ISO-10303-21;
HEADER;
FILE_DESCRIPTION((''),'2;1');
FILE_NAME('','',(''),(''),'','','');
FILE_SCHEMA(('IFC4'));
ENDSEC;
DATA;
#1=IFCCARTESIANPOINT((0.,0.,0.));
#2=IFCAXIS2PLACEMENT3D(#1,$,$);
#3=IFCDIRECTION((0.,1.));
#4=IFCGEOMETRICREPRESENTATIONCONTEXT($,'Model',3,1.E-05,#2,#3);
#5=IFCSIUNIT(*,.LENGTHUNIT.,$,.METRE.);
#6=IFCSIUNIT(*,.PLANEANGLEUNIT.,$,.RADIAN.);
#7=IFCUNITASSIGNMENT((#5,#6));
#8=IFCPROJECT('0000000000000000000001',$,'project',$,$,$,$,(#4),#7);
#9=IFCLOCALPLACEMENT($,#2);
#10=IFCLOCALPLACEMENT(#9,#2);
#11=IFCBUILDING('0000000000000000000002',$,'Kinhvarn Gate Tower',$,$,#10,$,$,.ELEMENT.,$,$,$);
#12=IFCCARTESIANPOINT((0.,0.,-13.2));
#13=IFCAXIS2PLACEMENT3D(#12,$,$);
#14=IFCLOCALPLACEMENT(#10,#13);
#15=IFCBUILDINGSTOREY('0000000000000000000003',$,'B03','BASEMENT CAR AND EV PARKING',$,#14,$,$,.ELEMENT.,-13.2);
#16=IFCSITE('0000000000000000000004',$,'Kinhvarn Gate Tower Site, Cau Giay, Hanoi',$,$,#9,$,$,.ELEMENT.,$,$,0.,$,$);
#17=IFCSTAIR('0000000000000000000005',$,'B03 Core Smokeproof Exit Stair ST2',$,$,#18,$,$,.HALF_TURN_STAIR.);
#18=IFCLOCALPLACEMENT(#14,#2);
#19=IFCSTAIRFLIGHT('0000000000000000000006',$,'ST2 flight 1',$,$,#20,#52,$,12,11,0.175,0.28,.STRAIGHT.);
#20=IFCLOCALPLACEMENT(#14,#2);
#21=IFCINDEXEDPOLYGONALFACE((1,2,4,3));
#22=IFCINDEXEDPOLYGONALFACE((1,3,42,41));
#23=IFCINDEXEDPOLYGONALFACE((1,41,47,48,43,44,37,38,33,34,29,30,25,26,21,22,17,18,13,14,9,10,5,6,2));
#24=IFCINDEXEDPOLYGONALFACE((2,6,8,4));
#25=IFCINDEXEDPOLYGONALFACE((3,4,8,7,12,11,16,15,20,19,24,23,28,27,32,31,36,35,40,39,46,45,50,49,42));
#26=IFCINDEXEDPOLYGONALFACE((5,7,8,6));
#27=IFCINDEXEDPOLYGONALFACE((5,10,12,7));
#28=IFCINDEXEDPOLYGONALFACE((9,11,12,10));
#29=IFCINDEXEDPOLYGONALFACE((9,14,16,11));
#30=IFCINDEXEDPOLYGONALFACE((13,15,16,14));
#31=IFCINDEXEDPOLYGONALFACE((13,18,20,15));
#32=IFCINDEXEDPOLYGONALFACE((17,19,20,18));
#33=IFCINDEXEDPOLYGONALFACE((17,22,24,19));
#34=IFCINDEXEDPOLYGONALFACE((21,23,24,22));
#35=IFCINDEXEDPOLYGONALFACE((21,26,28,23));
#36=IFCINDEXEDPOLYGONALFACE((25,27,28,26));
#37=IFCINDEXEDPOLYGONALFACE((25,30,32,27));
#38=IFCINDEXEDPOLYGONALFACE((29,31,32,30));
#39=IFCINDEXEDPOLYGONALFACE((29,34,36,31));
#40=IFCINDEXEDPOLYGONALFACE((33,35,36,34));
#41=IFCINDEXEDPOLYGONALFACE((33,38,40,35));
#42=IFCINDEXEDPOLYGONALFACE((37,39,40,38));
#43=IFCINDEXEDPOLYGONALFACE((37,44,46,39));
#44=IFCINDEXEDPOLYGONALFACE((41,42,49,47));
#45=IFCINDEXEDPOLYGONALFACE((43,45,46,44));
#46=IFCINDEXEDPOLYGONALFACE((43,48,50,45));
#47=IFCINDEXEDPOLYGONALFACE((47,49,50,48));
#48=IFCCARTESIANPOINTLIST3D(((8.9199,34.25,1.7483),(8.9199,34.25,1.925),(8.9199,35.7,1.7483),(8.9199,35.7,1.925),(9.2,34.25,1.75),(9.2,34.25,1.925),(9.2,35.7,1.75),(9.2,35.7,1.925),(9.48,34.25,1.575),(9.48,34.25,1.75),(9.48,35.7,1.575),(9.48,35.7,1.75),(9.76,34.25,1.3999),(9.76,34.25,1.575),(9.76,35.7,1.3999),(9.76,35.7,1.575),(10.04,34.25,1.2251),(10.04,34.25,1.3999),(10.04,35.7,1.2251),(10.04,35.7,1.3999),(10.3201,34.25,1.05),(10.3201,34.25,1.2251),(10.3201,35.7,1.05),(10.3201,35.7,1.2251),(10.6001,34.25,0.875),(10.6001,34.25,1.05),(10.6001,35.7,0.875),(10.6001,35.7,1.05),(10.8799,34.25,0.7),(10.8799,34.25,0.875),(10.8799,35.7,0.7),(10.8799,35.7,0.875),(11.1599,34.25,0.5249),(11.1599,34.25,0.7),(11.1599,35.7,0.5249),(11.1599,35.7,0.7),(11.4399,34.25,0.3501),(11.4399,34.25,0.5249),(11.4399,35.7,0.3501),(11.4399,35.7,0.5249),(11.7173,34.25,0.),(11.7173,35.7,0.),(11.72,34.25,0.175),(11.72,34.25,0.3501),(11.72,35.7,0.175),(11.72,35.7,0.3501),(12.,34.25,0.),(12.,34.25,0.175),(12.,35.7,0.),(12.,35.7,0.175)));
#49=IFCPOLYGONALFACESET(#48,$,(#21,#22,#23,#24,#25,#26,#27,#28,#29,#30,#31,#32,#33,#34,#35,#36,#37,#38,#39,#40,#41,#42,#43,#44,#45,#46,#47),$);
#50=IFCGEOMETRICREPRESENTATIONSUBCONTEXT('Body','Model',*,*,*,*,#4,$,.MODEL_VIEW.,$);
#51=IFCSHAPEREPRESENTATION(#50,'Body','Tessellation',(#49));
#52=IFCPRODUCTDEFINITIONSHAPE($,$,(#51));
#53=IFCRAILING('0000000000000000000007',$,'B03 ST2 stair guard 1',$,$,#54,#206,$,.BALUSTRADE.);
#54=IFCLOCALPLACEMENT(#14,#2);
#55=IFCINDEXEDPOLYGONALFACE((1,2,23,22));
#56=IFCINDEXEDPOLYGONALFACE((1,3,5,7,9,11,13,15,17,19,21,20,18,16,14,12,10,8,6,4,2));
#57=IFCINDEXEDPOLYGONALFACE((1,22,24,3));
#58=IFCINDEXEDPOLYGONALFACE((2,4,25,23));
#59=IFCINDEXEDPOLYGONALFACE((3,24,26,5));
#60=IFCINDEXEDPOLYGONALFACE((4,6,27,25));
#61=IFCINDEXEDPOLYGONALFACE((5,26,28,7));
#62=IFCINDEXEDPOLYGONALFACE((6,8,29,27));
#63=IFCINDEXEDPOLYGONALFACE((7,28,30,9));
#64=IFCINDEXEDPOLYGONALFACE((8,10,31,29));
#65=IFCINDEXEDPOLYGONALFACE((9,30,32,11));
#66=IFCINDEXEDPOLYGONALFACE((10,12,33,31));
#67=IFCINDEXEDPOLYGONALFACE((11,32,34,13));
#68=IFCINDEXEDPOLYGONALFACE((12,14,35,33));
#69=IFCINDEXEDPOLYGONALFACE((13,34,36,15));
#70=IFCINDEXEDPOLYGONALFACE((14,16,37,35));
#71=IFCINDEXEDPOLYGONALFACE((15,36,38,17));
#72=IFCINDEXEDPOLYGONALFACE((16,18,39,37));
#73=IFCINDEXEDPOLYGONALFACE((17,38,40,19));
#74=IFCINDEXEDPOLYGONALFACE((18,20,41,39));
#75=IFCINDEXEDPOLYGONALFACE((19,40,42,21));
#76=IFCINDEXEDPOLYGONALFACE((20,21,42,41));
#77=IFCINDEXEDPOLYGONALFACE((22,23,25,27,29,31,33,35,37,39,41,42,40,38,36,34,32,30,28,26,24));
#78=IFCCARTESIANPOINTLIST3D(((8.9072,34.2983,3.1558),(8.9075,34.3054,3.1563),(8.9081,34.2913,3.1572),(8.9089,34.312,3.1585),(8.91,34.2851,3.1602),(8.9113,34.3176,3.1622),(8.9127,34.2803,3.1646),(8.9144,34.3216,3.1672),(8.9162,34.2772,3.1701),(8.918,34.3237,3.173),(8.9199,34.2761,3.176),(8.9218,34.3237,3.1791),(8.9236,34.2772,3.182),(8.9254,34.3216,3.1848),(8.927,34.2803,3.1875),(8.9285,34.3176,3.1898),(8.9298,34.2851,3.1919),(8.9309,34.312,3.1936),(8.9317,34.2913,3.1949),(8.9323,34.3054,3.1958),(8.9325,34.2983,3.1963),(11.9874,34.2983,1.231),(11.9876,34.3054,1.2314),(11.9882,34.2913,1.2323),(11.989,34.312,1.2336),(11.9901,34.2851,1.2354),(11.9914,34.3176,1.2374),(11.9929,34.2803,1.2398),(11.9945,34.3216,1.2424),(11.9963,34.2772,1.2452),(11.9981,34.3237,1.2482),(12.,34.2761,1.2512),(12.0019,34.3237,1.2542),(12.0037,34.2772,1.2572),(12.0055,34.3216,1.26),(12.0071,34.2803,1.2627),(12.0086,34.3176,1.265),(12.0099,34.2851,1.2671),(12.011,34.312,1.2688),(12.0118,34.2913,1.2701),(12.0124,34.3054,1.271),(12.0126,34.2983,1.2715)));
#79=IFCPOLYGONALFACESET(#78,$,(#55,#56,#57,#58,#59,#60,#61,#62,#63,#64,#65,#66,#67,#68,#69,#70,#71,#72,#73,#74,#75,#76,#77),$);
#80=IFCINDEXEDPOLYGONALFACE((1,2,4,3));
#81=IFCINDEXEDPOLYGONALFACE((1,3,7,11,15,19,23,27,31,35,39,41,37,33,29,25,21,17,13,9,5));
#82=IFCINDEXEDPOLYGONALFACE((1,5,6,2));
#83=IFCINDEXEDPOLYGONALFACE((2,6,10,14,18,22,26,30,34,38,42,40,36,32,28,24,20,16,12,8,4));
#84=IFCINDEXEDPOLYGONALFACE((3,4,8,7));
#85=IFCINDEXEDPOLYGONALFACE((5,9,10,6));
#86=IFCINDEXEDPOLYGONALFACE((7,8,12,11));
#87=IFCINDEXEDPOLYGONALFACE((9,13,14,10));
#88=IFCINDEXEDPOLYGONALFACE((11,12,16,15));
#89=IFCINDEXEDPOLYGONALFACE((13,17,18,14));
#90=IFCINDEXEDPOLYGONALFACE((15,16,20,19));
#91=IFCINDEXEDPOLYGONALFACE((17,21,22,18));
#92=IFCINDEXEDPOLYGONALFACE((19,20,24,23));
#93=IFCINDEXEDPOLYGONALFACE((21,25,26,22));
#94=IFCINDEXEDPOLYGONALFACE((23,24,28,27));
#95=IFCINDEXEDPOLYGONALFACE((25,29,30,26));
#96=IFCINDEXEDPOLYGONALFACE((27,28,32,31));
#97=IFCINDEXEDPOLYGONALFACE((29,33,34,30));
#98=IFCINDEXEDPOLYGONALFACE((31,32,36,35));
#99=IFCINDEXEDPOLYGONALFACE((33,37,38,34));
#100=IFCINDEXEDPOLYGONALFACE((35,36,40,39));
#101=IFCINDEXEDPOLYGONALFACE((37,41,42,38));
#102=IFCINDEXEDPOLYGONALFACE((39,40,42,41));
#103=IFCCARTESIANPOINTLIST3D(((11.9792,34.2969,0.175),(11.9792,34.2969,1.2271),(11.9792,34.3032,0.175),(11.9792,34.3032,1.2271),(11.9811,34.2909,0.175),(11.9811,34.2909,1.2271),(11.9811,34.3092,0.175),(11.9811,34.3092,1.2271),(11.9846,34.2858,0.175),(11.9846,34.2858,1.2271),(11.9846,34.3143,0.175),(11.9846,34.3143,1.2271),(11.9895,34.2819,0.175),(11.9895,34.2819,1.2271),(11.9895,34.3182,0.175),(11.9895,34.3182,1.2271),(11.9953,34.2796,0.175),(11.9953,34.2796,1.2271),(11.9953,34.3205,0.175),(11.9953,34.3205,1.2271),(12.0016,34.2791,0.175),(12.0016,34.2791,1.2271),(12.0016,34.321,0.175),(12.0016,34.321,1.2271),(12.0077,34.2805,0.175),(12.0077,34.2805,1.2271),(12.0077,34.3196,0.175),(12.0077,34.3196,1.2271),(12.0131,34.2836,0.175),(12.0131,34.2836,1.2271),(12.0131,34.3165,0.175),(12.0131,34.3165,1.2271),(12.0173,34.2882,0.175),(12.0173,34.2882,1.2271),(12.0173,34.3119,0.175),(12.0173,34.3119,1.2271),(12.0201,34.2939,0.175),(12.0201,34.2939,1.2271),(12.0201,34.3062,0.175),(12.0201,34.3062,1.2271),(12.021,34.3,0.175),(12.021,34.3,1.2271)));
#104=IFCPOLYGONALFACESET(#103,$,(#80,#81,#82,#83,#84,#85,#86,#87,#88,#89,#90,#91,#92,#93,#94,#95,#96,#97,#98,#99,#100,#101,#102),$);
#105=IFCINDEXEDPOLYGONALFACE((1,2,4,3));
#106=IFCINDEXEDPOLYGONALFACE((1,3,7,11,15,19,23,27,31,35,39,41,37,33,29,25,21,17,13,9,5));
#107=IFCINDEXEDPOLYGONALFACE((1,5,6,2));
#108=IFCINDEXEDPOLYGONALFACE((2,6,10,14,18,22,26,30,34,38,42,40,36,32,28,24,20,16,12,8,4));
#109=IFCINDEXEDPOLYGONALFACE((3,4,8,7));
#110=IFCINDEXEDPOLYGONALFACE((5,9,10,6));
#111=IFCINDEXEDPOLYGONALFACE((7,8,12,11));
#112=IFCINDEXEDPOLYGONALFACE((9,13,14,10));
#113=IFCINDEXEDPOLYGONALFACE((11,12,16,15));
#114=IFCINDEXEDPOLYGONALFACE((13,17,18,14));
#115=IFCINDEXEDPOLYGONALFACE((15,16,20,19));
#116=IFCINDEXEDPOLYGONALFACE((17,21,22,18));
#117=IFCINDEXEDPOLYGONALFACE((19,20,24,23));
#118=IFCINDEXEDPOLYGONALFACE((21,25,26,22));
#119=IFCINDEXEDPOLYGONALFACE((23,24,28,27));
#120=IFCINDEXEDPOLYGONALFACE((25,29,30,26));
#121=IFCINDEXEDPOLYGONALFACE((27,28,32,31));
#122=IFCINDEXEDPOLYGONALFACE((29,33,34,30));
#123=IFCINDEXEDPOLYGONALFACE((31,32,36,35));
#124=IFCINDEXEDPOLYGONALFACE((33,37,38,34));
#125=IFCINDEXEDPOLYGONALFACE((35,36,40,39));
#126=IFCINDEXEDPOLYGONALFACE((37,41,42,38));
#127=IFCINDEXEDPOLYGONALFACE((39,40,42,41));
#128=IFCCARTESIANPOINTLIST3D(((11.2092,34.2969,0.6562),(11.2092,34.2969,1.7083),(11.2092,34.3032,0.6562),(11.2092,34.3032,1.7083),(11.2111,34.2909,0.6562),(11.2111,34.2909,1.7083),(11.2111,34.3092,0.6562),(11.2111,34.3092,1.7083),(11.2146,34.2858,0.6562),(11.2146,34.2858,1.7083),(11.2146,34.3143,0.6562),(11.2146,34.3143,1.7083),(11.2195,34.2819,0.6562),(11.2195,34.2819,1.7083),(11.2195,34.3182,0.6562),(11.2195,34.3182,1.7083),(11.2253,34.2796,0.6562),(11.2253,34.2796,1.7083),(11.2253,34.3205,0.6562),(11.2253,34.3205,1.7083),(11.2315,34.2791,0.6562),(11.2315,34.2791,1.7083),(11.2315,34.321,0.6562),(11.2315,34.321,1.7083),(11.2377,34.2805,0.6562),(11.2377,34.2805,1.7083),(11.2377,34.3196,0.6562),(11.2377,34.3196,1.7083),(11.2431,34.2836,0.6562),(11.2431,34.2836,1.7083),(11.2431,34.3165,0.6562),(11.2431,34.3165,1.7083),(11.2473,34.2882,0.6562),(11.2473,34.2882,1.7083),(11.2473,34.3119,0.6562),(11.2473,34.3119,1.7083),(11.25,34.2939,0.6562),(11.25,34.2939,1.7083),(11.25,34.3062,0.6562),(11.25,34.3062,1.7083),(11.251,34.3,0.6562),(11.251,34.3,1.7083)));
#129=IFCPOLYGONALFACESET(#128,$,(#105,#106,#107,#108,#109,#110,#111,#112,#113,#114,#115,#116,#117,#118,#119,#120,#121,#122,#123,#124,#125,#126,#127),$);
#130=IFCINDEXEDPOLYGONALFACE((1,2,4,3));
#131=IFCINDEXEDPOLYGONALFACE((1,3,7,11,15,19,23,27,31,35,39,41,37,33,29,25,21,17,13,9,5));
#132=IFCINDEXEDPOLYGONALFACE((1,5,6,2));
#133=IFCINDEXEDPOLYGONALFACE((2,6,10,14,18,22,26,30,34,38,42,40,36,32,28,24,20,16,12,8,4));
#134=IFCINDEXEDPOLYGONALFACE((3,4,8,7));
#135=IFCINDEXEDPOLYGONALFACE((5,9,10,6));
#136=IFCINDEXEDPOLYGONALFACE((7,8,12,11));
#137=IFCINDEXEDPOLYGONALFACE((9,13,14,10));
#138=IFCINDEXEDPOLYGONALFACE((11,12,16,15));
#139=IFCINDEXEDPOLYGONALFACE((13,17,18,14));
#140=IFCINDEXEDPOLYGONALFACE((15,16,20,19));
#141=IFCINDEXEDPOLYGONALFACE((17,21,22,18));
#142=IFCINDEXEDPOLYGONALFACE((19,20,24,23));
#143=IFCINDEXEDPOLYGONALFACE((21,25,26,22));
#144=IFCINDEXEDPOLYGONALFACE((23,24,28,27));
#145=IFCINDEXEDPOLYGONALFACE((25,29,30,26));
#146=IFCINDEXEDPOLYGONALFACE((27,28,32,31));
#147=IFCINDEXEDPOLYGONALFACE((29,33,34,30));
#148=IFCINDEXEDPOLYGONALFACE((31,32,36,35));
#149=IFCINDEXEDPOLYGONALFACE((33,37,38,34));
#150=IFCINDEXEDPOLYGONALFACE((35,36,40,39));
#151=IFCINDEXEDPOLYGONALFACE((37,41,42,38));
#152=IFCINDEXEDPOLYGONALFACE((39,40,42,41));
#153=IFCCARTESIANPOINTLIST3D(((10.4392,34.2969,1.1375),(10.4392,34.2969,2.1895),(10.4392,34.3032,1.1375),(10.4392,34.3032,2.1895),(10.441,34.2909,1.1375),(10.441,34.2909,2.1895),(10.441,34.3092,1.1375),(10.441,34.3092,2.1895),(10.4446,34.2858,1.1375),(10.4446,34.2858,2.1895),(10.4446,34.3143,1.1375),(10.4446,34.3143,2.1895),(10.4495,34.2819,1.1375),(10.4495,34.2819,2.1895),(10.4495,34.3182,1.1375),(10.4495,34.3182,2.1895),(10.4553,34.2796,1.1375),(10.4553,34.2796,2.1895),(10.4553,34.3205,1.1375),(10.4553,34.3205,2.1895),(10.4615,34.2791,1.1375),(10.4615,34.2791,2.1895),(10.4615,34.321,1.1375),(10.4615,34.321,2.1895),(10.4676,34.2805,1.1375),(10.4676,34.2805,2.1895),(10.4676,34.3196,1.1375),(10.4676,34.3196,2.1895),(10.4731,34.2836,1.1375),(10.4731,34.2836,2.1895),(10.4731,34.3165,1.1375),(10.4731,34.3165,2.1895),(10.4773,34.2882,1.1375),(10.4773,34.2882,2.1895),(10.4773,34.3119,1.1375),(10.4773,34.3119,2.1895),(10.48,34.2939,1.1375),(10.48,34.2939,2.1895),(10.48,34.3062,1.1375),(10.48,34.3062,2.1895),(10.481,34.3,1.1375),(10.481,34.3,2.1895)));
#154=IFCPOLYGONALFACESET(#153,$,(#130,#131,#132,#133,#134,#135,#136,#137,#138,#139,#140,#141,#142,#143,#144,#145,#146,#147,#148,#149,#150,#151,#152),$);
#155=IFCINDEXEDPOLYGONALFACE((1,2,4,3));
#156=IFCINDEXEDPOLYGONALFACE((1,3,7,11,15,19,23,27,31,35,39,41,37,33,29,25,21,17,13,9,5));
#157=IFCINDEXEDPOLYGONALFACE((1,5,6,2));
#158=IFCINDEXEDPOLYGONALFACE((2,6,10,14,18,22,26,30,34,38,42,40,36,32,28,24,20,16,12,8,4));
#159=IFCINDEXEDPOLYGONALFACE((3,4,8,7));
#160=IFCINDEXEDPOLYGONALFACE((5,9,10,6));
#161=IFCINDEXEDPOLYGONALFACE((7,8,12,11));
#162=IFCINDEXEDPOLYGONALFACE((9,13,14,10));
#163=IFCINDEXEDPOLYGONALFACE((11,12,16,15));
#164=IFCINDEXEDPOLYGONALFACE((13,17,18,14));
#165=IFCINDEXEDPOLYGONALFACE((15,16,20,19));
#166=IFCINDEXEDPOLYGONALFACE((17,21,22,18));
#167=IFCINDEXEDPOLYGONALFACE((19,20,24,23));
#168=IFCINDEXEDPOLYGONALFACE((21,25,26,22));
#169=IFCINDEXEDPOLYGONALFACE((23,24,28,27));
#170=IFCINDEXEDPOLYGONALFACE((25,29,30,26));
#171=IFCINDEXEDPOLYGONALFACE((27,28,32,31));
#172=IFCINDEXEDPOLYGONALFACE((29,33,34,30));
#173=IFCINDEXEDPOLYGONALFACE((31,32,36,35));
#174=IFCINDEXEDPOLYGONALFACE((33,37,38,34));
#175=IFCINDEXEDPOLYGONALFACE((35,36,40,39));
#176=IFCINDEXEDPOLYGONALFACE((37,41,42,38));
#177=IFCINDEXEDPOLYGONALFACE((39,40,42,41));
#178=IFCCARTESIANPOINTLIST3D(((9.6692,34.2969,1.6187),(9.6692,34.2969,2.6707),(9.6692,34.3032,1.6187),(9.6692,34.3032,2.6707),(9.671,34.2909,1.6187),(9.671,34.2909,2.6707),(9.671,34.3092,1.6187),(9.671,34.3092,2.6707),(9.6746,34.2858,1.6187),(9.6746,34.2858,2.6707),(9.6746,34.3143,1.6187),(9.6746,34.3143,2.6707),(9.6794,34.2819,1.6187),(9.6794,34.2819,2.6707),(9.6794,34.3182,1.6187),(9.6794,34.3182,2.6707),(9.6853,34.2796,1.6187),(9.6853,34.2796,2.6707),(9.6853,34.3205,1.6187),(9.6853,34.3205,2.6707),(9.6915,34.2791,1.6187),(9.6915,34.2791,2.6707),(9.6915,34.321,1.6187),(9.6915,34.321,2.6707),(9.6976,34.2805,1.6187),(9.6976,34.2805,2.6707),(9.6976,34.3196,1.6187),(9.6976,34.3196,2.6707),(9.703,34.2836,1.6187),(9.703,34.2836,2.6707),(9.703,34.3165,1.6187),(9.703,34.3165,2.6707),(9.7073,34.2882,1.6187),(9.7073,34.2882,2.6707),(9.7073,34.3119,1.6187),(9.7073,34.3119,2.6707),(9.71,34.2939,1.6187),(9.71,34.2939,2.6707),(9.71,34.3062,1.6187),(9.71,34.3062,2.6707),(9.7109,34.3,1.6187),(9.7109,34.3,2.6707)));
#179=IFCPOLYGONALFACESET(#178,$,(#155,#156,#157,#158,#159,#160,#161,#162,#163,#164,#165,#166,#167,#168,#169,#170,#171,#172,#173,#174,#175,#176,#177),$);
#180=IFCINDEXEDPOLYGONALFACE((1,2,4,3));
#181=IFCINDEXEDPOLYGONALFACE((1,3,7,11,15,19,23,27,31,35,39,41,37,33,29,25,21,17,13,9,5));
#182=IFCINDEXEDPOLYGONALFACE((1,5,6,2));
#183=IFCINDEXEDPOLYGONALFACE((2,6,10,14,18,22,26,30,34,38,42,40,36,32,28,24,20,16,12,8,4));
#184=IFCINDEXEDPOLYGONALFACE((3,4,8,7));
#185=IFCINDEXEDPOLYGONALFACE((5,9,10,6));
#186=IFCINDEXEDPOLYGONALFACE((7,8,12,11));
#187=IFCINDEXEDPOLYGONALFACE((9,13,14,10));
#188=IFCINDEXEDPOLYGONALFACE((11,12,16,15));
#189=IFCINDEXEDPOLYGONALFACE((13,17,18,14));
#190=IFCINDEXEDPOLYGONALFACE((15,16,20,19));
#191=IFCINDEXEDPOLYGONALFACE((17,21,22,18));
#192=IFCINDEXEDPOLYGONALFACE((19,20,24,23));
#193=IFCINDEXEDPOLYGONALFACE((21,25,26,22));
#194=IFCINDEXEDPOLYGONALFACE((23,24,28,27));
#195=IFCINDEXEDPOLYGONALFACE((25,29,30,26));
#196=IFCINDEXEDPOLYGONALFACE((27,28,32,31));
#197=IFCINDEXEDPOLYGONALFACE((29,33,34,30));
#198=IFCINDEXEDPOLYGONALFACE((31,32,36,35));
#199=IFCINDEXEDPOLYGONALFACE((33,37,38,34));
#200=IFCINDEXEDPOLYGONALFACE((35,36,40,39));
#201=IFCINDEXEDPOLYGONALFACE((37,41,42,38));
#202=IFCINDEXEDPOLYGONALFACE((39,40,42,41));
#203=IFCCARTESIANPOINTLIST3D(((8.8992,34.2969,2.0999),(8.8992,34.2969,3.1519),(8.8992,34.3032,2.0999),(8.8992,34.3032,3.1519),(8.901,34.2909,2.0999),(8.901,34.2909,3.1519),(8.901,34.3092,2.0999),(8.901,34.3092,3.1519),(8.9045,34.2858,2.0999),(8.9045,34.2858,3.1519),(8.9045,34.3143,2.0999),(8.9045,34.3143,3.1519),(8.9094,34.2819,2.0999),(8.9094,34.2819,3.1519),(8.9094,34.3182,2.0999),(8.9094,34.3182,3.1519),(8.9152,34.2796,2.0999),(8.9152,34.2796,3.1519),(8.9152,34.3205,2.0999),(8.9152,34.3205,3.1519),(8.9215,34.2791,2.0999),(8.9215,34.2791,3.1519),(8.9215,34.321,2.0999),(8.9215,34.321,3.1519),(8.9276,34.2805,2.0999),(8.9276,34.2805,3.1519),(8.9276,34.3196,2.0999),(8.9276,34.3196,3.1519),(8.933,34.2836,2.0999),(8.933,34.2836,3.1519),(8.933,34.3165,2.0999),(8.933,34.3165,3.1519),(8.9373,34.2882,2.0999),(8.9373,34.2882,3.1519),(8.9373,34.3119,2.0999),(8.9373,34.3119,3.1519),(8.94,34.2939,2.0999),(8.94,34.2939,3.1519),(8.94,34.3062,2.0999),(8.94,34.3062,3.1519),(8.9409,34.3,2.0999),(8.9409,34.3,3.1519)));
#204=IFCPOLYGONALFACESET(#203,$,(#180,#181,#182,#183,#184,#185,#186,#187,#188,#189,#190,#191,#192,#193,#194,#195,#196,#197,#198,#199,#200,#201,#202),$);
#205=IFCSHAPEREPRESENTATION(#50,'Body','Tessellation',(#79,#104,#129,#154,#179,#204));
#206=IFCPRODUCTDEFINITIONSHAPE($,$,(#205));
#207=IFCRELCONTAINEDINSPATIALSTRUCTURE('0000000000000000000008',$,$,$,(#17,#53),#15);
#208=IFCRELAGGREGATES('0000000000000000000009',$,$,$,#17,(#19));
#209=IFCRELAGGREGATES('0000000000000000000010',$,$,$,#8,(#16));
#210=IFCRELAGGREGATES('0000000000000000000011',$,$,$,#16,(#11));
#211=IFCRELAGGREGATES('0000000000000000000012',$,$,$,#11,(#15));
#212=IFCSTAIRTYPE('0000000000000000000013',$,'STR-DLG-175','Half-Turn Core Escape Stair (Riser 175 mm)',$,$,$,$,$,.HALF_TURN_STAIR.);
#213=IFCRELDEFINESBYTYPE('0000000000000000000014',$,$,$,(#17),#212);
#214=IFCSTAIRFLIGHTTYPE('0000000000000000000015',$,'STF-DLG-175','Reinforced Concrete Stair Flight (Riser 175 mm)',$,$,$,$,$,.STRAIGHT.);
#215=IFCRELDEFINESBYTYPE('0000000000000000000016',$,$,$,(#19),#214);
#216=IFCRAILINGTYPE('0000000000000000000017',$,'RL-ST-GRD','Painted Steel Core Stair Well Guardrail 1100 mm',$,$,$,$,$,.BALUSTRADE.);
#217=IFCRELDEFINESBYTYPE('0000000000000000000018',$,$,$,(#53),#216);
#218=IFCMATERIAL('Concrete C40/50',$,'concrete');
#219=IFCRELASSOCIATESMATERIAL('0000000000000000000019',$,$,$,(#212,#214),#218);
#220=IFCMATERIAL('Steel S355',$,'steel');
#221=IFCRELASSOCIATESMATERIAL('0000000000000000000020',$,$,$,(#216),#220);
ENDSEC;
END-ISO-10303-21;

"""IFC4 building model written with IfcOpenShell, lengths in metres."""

from ifc_helpers import new_model, si_unit, direction, frame, origin, origin_2d, place, context, subcontext, project, spatial, polyline, circle, outline, extrude, material, type_object, element, aggregate, save


model = new_model("IFC4")

# Units and contexts
model_context = context("Model", 3, precision=1e-05, world=origin(), true_north=direction((0.0, 1.0)))
body_context = subcontext(model_context, "Body", "Model", "MODEL_VIEW")
ifc_project = project(units=[si_unit("LENGTHUNIT", "METRE"), si_unit("PLANEANGLEUNIT", "RADIAN")], contexts=[model_context])

# Site, building, storey
site_placement = place(None, origin())
site = spatial("IfcSite", under=ifc_project, at=site_placement, Name="Kinhvarn Gate Tower Site, Cau Giay, Hanoi", CompositionType="ELEMENT", RefElevation=0.0)
building_placement = place(site_placement, origin())
building = spatial("IfcBuilding", under=site, at=building_placement, Name="Kinhvarn Gate Tower", CompositionType="ELEMENT")
storey_placement = place(building_placement, frame((0.0, 0.0, -13.2)))
storey = spatial("IfcBuildingStorey", under=building, at=storey_placement, Name="B03", Description="BASEMENT CAR AND EV PARKING", CompositionType="ELEMENT", Elevation=-13.2)

# Shared definitions
ifc_material_1 = material(Name="Steel S355", Category="steel")

# Stair, stair flight
ifc_material_2 = material(Name="Concrete C40/50", Category="concrete")
stair_type = type_object("IfcStairType", Name="STR-DLG-175", Description="Half-Turn Core Escape Stair (Riser 175 mm)", PredefinedType="HALF_TURN_STAIR", material=ifc_material_2)
stair_placement = place(storey_placement, origin())
stair = element("IfcStair", 1, at=stair_placement, inside=storey, type_object=stair_type, Name="B03 Core Smokeproof Exit Stair ST2", PredefinedType="HALF_TURN_STAIR")
stair_flight_type = type_object("IfcStairFlightType", Name="STF-DLG-175", Description="Reinforced Concrete Stair Flight (Riser 175 mm)", PredefinedType="STRAIGHT", material=ifc_material_2)
stair_flight_placement = place(storey_placement, frame((12.0, 34.9751, 0.0), z_axis=(0.0, 0.0, 1.0), x_axis=(-1.0, 0.0, 0.0)))
stair_flight = element("IfcStairFlight", 2, at=stair_flight_placement, type_object=stair_flight_type, Name="ST2 flight 1", NumberOfRisers=12, NumberOfTreads=11, PredefinedType="STRAIGHT", RiserHeight=0.175, TreadLength=0.28, context=body_context, shape_type="SweptSolid", body=[
    extrude(outline(polyline([(0.0, 0.0), (0.0, 0.175), (0.28, 0.175), (0.28, 0.3501), (0.5601, 0.3501), (0.5601, 0.5249), (0.8401, 0.5249), (0.8401, 0.7), (1.1201, 0.7), (1.1201, 0.875), (1.3999, 0.875), (1.3999, 1.05), (1.6799, 1.05), (1.6799, 1.2251), (1.96, 1.2251), (1.96, 1.3999), (2.24, 1.3999), (2.24, 1.575), (2.52, 1.575), (2.52, 1.75), (2.8, 1.75), (2.8, 1.925), (3.0801, 1.925), (3.0801, 2.1001), (3.0801, 1.7483), (0.2827, 0.0), (0.0, 0.0)])), frame((0.0, 0.7251, 0.0), z_axis=(0.0, -1.0, 0.0), x_axis=(1.0, 0.0, 0.0)), (0.0, 0.0, 1.0), 1.45),
])
aggregate(stair, [stair_flight])

# Railing
railing_type_1 = type_object("IfcRailingType", Name="RL-ST-GRD", Description="Painted Steel Core Stair Well Guardrail 1100 mm", PredefinedType="BALUSTRADE", material=ifc_material_1)
railing_1_placement = place(storey_placement, frame((12.0, 34.3, 0.175)))
element("IfcRailing", 3, at=railing_1_placement, inside=storey, type_object=railing_type_1, Name="B03 ST2 stair guard 1", PredefinedType="BALUSTRADE", context=body_context, shape_type="SweptSolid", body=[
    extrude(circle(Radius=0.0239, at=origin_2d()), frame((0.0, 0.0, 1.0762), z_axis=(-0.848029, 0.0, 0.529951), x_axis=(0.0, -1.0, 0.0)), (0.0, 0.0, 1.0), 3.6321),
    extrude(circle(Radius=0.021, at=origin_2d()), origin(), (0.0, 0.0, 1.0), 1.052),
    extrude(circle(Radius=0.021, at=origin_2d()), frame((-0.77, 0.0, 0.4812)), (0.0, 0.0, 1.0), 1.052),
    extrude(circle(Radius=0.021, at=origin_2d()), frame((-1.54, 0.0, 0.9624)), (0.0, 0.0, 1.0), 1.052),
    extrude(circle(Radius=0.021, at=origin_2d()), frame((-2.3101, 0.0, 1.4436)), (0.0, 0.0, 1.0), 1.052),
    extrude(circle(Radius=0.021, at=origin_2d()), frame((-3.0801, 0.0, 1.9248)), (0.0, 0.0, 1.0), 1.052),
])

save(model, "model.ifc")
